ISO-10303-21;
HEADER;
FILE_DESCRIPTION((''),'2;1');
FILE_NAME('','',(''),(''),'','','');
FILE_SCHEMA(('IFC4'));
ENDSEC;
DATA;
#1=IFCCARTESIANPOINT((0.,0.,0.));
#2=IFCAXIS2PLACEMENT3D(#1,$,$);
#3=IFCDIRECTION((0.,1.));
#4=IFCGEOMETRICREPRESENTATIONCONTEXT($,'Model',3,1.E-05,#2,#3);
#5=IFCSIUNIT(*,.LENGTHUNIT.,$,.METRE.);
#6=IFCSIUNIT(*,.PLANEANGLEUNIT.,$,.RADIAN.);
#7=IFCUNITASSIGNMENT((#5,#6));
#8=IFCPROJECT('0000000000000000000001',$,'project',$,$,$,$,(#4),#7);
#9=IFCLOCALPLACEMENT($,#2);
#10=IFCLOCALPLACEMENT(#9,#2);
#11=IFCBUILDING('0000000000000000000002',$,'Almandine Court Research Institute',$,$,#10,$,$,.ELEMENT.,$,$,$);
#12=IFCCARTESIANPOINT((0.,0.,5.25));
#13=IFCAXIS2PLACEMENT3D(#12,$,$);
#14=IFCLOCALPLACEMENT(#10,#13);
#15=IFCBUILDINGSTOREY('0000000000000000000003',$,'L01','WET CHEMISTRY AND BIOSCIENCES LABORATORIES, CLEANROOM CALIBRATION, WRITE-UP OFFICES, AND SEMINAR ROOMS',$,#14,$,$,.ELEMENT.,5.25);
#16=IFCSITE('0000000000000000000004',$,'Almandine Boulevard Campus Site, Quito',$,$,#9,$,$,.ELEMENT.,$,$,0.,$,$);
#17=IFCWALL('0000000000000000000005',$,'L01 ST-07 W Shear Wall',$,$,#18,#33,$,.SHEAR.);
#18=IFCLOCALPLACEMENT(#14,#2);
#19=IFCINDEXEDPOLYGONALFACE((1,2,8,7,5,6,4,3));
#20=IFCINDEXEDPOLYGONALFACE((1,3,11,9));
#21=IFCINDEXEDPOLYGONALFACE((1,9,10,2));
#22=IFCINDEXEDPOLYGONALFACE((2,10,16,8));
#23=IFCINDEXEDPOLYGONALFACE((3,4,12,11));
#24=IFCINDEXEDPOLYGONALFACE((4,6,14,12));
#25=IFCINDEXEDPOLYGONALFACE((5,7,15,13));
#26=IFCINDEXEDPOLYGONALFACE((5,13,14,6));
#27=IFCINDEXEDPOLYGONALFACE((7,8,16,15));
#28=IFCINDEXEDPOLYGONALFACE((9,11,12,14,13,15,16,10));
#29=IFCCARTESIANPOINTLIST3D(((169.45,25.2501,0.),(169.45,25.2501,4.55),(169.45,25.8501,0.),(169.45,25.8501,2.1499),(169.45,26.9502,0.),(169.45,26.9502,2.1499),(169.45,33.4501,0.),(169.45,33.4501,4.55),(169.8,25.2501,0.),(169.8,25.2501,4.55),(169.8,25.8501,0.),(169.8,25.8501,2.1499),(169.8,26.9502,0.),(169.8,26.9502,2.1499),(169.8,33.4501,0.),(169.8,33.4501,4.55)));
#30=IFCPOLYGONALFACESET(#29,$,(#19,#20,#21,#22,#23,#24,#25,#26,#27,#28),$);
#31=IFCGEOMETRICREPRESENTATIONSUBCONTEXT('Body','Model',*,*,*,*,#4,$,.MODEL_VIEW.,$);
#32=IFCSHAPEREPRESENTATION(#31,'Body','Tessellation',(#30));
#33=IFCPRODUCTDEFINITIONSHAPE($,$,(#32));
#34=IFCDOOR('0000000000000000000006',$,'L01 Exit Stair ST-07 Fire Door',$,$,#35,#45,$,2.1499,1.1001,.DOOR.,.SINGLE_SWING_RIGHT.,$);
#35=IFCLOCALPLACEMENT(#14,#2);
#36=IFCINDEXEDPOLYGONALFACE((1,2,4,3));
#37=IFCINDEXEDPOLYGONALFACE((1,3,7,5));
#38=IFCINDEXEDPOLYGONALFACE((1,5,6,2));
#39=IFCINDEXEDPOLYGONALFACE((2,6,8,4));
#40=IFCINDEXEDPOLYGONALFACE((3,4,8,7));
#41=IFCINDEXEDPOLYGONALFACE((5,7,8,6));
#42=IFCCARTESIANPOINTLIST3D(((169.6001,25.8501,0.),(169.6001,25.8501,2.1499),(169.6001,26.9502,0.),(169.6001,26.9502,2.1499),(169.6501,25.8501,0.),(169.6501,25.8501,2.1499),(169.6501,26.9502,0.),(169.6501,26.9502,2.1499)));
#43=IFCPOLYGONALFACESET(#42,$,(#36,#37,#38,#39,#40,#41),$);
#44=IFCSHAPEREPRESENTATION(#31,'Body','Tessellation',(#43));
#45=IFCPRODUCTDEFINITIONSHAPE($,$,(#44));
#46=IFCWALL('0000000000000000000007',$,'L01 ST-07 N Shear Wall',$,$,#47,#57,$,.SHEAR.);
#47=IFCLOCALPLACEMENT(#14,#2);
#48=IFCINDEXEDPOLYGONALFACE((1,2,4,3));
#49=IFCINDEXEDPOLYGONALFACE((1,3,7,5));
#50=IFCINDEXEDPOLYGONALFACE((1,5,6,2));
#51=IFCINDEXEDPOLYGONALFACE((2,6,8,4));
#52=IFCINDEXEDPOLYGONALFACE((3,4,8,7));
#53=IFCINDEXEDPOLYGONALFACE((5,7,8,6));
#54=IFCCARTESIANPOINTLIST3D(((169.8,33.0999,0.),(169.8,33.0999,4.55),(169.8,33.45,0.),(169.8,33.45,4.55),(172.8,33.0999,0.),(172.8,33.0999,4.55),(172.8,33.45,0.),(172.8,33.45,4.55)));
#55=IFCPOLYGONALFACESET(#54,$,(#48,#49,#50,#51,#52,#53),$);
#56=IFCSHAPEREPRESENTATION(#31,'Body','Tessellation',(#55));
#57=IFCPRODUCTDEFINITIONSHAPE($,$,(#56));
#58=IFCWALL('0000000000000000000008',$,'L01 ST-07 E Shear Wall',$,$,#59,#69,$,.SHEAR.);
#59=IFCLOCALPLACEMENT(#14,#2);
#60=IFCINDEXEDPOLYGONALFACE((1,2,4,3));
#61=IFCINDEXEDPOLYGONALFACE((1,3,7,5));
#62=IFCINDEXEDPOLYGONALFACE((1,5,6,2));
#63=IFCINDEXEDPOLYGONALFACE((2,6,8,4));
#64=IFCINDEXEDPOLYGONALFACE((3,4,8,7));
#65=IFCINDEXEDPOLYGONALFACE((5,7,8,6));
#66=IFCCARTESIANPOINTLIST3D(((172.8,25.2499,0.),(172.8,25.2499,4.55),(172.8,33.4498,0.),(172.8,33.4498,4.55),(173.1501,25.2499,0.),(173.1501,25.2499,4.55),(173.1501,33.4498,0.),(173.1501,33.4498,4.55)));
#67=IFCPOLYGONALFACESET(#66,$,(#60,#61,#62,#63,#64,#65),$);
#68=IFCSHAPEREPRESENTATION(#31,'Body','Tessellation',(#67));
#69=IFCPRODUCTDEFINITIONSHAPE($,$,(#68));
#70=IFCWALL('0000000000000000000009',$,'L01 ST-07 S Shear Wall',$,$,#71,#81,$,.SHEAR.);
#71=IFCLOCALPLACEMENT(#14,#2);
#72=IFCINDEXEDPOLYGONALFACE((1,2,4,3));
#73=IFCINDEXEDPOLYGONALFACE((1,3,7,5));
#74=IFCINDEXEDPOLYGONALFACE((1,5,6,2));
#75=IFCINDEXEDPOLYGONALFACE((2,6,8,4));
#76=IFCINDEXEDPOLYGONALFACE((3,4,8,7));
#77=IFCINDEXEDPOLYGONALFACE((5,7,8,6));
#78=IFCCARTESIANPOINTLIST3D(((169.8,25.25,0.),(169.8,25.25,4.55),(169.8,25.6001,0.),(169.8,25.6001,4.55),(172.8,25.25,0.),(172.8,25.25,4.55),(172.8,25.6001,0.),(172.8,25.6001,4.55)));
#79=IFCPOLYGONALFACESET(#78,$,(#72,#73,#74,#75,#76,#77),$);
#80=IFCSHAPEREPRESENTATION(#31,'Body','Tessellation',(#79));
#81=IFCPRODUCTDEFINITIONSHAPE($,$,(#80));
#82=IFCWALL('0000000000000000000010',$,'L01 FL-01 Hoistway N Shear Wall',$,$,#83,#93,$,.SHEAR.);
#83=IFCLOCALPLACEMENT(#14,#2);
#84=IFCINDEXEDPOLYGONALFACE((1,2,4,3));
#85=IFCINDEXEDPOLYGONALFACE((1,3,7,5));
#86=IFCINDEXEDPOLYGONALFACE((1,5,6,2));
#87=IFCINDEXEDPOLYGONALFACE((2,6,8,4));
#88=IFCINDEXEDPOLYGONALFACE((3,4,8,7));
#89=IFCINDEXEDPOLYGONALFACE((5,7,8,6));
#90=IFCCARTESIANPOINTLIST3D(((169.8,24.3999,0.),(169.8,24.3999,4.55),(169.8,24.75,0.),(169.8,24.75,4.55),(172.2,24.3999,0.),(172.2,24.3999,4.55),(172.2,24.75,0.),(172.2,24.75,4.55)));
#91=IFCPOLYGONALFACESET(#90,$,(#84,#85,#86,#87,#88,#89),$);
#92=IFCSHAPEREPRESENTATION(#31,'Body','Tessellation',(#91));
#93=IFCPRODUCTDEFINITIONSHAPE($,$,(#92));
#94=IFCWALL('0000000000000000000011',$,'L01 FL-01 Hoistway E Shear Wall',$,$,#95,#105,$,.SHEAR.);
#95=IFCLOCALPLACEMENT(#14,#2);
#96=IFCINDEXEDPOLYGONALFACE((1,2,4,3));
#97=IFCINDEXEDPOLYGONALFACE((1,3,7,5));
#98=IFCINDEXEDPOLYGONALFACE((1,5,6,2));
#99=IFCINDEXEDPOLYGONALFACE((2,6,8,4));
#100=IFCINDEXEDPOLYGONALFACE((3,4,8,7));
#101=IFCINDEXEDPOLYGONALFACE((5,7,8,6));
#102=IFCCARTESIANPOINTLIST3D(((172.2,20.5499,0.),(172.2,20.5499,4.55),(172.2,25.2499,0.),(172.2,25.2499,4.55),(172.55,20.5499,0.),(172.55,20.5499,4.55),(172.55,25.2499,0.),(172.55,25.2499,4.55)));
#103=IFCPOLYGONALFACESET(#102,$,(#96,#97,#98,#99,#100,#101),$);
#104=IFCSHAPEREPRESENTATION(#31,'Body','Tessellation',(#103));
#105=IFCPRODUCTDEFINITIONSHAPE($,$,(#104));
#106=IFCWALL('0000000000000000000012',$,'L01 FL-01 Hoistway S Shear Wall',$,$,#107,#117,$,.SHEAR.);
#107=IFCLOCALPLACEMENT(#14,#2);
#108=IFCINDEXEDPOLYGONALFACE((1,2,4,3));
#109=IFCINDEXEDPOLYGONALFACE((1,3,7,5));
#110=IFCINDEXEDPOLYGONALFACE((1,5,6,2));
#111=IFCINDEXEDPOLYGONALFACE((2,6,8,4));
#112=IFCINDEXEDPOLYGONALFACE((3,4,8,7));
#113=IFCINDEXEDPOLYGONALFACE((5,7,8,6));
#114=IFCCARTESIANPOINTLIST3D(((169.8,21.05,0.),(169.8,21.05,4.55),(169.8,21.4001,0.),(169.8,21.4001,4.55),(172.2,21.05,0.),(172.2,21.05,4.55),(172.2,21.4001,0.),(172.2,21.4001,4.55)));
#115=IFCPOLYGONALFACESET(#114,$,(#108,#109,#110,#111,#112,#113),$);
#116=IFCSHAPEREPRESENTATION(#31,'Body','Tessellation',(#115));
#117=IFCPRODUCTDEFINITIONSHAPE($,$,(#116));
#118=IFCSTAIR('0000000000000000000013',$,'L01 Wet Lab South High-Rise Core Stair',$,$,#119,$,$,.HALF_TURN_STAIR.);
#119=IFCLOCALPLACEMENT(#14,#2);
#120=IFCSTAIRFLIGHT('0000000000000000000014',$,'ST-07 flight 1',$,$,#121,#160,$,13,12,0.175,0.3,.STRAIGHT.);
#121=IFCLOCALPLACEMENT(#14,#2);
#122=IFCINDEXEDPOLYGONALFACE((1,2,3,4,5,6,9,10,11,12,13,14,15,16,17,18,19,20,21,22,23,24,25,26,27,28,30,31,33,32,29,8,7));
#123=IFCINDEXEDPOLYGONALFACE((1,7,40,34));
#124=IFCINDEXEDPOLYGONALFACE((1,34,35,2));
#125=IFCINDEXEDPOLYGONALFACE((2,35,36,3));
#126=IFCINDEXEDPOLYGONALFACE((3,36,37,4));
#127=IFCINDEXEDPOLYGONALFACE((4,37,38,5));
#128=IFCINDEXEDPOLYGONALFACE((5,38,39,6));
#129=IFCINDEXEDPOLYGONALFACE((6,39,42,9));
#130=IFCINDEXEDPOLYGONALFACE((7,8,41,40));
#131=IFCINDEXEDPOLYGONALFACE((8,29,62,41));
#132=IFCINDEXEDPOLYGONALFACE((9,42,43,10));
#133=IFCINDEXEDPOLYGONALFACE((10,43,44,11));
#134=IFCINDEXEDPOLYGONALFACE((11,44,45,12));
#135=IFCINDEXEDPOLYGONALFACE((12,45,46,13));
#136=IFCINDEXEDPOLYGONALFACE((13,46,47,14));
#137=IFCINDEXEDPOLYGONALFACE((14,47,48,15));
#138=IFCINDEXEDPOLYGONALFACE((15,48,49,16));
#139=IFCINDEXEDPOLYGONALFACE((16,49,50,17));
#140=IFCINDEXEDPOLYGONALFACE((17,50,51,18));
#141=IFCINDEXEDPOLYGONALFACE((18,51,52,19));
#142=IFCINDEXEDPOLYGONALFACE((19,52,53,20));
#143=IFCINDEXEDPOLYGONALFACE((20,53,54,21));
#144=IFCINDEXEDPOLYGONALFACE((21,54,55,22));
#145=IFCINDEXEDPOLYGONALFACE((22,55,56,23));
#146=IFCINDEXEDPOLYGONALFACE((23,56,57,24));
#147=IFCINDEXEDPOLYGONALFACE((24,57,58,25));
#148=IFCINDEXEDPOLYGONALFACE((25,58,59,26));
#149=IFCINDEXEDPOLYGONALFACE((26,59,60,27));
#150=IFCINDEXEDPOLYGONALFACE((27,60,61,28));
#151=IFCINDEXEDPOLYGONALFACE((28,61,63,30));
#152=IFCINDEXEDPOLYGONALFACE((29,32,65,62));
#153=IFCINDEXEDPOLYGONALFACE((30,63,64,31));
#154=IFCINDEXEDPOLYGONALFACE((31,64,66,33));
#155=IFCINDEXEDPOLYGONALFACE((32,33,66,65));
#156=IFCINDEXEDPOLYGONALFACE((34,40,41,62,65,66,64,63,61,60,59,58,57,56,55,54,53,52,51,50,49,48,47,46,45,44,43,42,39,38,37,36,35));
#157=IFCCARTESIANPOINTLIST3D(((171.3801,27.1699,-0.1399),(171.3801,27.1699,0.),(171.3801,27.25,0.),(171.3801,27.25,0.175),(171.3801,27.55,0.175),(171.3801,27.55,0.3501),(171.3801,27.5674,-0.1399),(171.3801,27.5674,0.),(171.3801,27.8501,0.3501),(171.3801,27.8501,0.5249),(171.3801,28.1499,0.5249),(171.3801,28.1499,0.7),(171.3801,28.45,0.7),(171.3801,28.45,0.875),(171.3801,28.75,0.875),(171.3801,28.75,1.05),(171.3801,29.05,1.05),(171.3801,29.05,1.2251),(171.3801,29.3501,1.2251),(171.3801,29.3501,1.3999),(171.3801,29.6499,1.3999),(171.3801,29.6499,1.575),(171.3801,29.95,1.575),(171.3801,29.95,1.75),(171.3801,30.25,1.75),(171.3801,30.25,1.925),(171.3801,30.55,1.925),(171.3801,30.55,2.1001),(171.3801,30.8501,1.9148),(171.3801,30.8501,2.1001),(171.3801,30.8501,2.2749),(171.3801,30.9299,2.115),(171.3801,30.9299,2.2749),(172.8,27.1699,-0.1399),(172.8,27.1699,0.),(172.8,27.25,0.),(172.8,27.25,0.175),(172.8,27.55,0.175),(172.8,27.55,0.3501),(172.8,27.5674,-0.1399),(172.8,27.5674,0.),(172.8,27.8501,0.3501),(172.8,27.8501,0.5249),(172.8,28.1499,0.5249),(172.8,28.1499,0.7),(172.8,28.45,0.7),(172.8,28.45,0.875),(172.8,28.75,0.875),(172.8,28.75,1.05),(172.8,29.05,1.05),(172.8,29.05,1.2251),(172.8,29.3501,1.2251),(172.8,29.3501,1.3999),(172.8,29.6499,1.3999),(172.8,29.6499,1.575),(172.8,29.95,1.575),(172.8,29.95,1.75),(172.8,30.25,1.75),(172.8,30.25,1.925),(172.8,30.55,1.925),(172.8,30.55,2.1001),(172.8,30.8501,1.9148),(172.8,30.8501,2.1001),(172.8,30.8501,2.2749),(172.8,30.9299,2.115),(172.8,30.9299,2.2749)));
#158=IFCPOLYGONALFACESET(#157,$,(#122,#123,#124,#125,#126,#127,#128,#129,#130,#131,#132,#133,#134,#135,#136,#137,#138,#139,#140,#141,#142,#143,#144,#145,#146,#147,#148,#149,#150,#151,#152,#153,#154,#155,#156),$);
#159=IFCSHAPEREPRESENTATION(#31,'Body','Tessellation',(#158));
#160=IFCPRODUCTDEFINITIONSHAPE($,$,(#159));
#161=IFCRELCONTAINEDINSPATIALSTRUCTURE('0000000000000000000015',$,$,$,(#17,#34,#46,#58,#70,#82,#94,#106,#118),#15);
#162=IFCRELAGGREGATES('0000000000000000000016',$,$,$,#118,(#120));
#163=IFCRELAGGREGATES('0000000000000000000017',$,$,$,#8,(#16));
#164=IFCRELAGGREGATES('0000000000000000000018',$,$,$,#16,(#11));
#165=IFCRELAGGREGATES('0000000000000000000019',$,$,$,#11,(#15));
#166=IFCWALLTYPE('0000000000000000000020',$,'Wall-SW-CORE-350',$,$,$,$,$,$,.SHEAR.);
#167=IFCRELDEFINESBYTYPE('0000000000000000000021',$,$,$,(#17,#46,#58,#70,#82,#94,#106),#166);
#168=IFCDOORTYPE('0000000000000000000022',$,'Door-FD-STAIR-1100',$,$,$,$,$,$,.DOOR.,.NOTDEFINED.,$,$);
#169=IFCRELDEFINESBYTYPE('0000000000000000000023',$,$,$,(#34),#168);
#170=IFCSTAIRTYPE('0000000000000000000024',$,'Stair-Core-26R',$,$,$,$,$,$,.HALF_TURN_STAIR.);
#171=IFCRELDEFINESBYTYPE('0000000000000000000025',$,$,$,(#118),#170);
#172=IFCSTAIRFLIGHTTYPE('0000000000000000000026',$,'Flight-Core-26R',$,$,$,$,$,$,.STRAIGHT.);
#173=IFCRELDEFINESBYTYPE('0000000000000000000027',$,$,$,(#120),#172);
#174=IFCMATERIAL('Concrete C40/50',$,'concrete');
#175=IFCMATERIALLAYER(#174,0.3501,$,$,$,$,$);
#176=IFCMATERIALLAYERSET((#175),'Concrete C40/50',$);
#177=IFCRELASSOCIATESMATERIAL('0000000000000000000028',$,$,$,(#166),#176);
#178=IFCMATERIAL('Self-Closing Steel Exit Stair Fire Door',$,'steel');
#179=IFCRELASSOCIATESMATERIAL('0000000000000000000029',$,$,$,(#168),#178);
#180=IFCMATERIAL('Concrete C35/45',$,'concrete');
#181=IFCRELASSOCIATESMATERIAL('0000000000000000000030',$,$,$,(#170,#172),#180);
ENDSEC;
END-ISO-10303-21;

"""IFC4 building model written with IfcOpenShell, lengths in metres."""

from ifc_helpers import new_model, si_unit, direction, frame, frame_2d, origin, place, context, subcontext, project, spatial, polyline, rectangle, outline, extrude, material, layer, layer_set, type_object, element, fill, aggregate, save


model = new_model("IFC4")

# Units and contexts
model_context = context("Model", 3, precision=1e-05, world=origin(), true_north=direction((0.0, 1.0)))
body_context = subcontext(model_context, "Body", "Model", "MODEL_VIEW")
ifc_project = project(units=[si_unit("LENGTHUNIT", "METRE"), si_unit("PLANEANGLEUNIT", "RADIAN")], contexts=[model_context])

# Site, building, storey
site_placement = place(None, origin())
site = spatial("IfcSite", under=ifc_project, at=site_placement, Name="Almandine Boulevard Campus Site, Quito", CompositionType="ELEMENT", RefElevation=0.0)
building_placement = place(site_placement, origin())
building = spatial("IfcBuilding", under=site, at=building_placement, Name="Almandine Court Research Institute", CompositionType="ELEMENT")
storey_placement = place(building_placement, frame((0.0, 0.0, 5.25)))
storey = spatial("IfcBuildingStorey", under=building, at=storey_placement, Name="L01", Description="WET CHEMISTRY AND BIOSCIENCES LABORATORIES, CLEANROOM CALIBRATION, WRITE-UP OFFICES, AND SEMINAR ROOMS", CompositionType="ELEMENT", Elevation=5.25)

# Shared definitions
ifc_material_1 = material(Name="Concrete C40/50", Category="concrete")

# Wall, opening, door
ifc_layer_1 = layer(ifc_material_1, 0.3501)
ifc_layer_set_1 = layer_set([ifc_layer_1], Name="Concrete C40/50")
wall_type_1 = type_object("IfcWallType", Name="Wall-SW-CORE-350", PredefinedType="SHEAR", material=ifc_layer_set_1)
wall_1_placement = place(storey_placement, frame((169.625, 25.25, 0.0), z_axis=(0.0, 0.0, 1.0), x_axis=(0.0, 1.0, 0.0)))
wall_1 = element("IfcWall", 1, at=wall_1_placement, inside=storey, type_object=wall_type_1, Name="L01 ST-07 W Shear Wall", PredefinedType="SHEAR", context=body_context, shape_type="SweptSolid", body=[
    extrude(rectangle(XDim=8.2, YDim=0.3501, at=frame_2d((4.1001, 0.0))), origin(), (0.0, 0.0, 1.0), 4.55),
])
opening_1_placement = place(wall_1_placement, frame((0.6001, 0.0, 0.0)))
opening_1 = element("IfcOpeningElement", 2, at=opening_1_placement, cuts=wall_1, PredefinedType="OPENING", context=body_context, shape_type="SweptSolid", body=[
    extrude(rectangle(XDim=1.1001, YDim=2.1499, at=frame_2d((0.55, 1.075))), frame((0.0, 0.1851, 0.0), z_axis=(0.0, -1.0, 0.0), x_axis=(1.0, 0.0, 0.0)), (0.0, 0.0, 1.0), 0.3701),
])
ifc_material_2 = material(Name="Self-Closing Steel Exit Stair Fire Door", Category="steel")
door_type = type_object("IfcDoorType", Name="Door-FD-STAIR-1100", OperationType="NOTDEFINED", PredefinedType="DOOR", material=ifc_material_2)
door_placement = place(opening_1_placement, origin())
door = element("IfcDoor", 3, at=door_placement, inside=storey, type_object=door_type, Name="L01 Exit Stair ST-07 Fire Door", OperationType="SINGLE_SWING_RIGHT", OverallHeight=2.1499, OverallWidth=1.1001, PredefinedType="DOOR", context=body_context, shape_type="SweptSolid", body=[
    extrude(rectangle(XDim=1.1001, YDim=2.1499, at=frame_2d((0.55, 1.075))), frame((0.0, 0.0249, 0.0), z_axis=(0.0, -1.0, 0.0), x_axis=(1.0, 0.0, 0.0)), (0.0, 0.0, 1.0), 0.05),
])
fill(opening_1, door)

# Walls
wall_2_placement = place(storey_placement, frame((169.8, 33.2749, 0.0), z_axis=(0.0, 0.0, 1.0), x_axis=(1.0, 0.0, 0.0)))
element("IfcWall", 4, at=wall_2_placement, inside=storey, type_object=wall_type_1, Name="L01 ST-07 N Shear Wall", PredefinedType="SHEAR", context=body_context, shape_type="SweptSolid", body=[
    extrude(rectangle(XDim=3.0, YDim=0.3501, at=frame_2d((1.5, 0.0))), origin(), (0.0, 0.0, 1.0), 4.55),
])
wall_3_placement = place(storey_placement, frame((172.9751, 33.45, 0.0), z_axis=(0.0, 0.0, 1.0), x_axis=(0.0, -1.0, 0.0)))
element("IfcWall", 5, at=wall_3_placement, inside=storey, type_object=wall_type_1, Name="L01 ST-07 E Shear Wall", PredefinedType="SHEAR", context=body_context, shape_type="SweptSolid", body=[
    extrude(rectangle(XDim=8.2, YDim=0.3501, at=frame_2d((4.1001, 0.0))), origin(), (0.0, 0.0, 1.0), 4.55),
])
wall_4_placement = place(storey_placement, frame((172.8, 25.425, 0.0), z_axis=(0.0, 0.0, 1.0), x_axis=(-1.0, 0.0, 0.0)))
element("IfcWall", 6, at=wall_4_placement, inside=storey, type_object=wall_type_1, Name="L01 ST-07 S Shear Wall", PredefinedType="SHEAR", context=body_context, shape_type="SweptSolid", body=[
    extrude(rectangle(XDim=3.0, YDim=0.3501, at=frame_2d((1.5, 0.0))), origin(), (0.0, 0.0, 1.0), 4.55),
])
wall_5_placement = place(storey_placement, frame((169.8, 24.575, 0.0), z_axis=(0.0, 0.0, 1.0), x_axis=(1.0, 0.0, 0.0)))
element("IfcWall", 7, at=wall_5_placement, inside=storey, type_object=wall_type_1, Name="L01 FL-01 Hoistway N Shear Wall", PredefinedType="SHEAR", context=body_context, shape_type="SweptSolid", body=[
    extrude(rectangle(XDim=2.3999, YDim=0.3501, at=frame_2d((1.2, 0.0))), origin(), (0.0, 0.0, 1.0), 4.55),
])
wall_6_placement = place(storey_placement, frame((172.375, 25.25, 0.0), z_axis=(0.0, 0.0, 1.0), x_axis=(0.0, -1.0, 0.0)))
element("IfcWall", 8, at=wall_6_placement, inside=storey, type_object=wall_type_1, Name="L01 FL-01 Hoistway E Shear Wall", PredefinedType="SHEAR", context=body_context, shape_type="SweptSolid", body=[
    extrude(rectangle(XDim=4.7, YDim=0.3501, at=frame_2d((2.3501, 0.0))), origin(), (0.0, 0.0, 1.0), 4.55),
])
wall_7_placement = place(storey_placement, frame((172.2, 21.2251, 0.0), z_axis=(0.0, 0.0, 1.0), x_axis=(-1.0, 0.0, 0.0)))
element("IfcWall", 9, at=wall_7_placement, inside=storey, type_object=wall_type_1, Name="L01 FL-01 Hoistway S Shear Wall", PredefinedType="SHEAR", context=body_context, shape_type="SweptSolid", body=[
    extrude(rectangle(XDim=2.3999, YDim=0.3501, at=frame_2d((1.2, 0.0))), origin(), (0.0, 0.0, 1.0), 4.55),
])

# Stair, stair flight
ifc_material_3 = material(Name="Concrete C35/45", Category="concrete")
stair_type = type_object("IfcStairType", Name="Stair-Core-26R", PredefinedType="HALF_TURN_STAIR", material=ifc_material_3)
stair_placement = place(storey_placement, origin())
stair = element("IfcStair", 10, at=stair_placement, inside=storey, type_object=stair_type, Name="L01 Wet Lab South High-Rise Core Stair", PredefinedType="HALF_TURN_STAIR")
stair_flight_type = type_object("IfcStairFlightType", Name="Flight-Core-26R", PredefinedType="STRAIGHT", material=ifc_material_3)
stair_flight_1_placement = place(storey_placement, frame((172.0901, 27.25, 0.0), z_axis=(0.0, 0.0, 1.0), x_axis=(0.0, 1.0, 0.0)))
stair_flight_1 = element("IfcStairFlight", 11, at=stair_flight_1_placement, type_object=stair_flight_type, Name="ST-07 flight 1", NumberOfRisers=13, NumberOfTreads=12, PredefinedType="STRAIGHT", RiserHeight=0.175, TreadLength=0.3, context=body_context, shape_type="SweptSolid", body=[
    extrude(outline(polyline([(-0.0801, -0.1399), (-0.0801, 0.0), (0.0, 0.0), (0.0, 0.175), (0.3, 0.175), (0.3, 0.3501), (0.6001, 0.3501), (0.6001, 0.5249), (0.8999, 0.5249), (0.8999, 0.7), (1.2, 0.7), (1.2, 0.875), (1.5, 0.875), (1.5, 1.05), (1.8, 1.05), (1.8, 1.2251), (2.1001, 1.2251), (2.1001, 1.3999), (2.3999, 1.3999), (2.3999, 1.575), (2.7, 1.575), (2.7, 1.75), (3.0, 1.75), (3.0, 1.925), (3.3, 1.925), (3.3, 2.1001), (3.6001, 2.1001), (3.6001, 2.2749), (3.6799, 2.2749), (3.6799, 2.115), (3.6001, 1.9148), (0.3174, 0.0), (0.3174, -0.1399), (-0.0801, -0.1399)])), frame((0.0, 0.71, 0.0), z_axis=(0.0, -1.0, 0.0), x_axis=(1.0, 0.0, 0.0)), (0.0, 0.0, 1.0), 1.4199),
])
aggregate(stair, [stair_flight_1])

save(model, "model.ifc")
